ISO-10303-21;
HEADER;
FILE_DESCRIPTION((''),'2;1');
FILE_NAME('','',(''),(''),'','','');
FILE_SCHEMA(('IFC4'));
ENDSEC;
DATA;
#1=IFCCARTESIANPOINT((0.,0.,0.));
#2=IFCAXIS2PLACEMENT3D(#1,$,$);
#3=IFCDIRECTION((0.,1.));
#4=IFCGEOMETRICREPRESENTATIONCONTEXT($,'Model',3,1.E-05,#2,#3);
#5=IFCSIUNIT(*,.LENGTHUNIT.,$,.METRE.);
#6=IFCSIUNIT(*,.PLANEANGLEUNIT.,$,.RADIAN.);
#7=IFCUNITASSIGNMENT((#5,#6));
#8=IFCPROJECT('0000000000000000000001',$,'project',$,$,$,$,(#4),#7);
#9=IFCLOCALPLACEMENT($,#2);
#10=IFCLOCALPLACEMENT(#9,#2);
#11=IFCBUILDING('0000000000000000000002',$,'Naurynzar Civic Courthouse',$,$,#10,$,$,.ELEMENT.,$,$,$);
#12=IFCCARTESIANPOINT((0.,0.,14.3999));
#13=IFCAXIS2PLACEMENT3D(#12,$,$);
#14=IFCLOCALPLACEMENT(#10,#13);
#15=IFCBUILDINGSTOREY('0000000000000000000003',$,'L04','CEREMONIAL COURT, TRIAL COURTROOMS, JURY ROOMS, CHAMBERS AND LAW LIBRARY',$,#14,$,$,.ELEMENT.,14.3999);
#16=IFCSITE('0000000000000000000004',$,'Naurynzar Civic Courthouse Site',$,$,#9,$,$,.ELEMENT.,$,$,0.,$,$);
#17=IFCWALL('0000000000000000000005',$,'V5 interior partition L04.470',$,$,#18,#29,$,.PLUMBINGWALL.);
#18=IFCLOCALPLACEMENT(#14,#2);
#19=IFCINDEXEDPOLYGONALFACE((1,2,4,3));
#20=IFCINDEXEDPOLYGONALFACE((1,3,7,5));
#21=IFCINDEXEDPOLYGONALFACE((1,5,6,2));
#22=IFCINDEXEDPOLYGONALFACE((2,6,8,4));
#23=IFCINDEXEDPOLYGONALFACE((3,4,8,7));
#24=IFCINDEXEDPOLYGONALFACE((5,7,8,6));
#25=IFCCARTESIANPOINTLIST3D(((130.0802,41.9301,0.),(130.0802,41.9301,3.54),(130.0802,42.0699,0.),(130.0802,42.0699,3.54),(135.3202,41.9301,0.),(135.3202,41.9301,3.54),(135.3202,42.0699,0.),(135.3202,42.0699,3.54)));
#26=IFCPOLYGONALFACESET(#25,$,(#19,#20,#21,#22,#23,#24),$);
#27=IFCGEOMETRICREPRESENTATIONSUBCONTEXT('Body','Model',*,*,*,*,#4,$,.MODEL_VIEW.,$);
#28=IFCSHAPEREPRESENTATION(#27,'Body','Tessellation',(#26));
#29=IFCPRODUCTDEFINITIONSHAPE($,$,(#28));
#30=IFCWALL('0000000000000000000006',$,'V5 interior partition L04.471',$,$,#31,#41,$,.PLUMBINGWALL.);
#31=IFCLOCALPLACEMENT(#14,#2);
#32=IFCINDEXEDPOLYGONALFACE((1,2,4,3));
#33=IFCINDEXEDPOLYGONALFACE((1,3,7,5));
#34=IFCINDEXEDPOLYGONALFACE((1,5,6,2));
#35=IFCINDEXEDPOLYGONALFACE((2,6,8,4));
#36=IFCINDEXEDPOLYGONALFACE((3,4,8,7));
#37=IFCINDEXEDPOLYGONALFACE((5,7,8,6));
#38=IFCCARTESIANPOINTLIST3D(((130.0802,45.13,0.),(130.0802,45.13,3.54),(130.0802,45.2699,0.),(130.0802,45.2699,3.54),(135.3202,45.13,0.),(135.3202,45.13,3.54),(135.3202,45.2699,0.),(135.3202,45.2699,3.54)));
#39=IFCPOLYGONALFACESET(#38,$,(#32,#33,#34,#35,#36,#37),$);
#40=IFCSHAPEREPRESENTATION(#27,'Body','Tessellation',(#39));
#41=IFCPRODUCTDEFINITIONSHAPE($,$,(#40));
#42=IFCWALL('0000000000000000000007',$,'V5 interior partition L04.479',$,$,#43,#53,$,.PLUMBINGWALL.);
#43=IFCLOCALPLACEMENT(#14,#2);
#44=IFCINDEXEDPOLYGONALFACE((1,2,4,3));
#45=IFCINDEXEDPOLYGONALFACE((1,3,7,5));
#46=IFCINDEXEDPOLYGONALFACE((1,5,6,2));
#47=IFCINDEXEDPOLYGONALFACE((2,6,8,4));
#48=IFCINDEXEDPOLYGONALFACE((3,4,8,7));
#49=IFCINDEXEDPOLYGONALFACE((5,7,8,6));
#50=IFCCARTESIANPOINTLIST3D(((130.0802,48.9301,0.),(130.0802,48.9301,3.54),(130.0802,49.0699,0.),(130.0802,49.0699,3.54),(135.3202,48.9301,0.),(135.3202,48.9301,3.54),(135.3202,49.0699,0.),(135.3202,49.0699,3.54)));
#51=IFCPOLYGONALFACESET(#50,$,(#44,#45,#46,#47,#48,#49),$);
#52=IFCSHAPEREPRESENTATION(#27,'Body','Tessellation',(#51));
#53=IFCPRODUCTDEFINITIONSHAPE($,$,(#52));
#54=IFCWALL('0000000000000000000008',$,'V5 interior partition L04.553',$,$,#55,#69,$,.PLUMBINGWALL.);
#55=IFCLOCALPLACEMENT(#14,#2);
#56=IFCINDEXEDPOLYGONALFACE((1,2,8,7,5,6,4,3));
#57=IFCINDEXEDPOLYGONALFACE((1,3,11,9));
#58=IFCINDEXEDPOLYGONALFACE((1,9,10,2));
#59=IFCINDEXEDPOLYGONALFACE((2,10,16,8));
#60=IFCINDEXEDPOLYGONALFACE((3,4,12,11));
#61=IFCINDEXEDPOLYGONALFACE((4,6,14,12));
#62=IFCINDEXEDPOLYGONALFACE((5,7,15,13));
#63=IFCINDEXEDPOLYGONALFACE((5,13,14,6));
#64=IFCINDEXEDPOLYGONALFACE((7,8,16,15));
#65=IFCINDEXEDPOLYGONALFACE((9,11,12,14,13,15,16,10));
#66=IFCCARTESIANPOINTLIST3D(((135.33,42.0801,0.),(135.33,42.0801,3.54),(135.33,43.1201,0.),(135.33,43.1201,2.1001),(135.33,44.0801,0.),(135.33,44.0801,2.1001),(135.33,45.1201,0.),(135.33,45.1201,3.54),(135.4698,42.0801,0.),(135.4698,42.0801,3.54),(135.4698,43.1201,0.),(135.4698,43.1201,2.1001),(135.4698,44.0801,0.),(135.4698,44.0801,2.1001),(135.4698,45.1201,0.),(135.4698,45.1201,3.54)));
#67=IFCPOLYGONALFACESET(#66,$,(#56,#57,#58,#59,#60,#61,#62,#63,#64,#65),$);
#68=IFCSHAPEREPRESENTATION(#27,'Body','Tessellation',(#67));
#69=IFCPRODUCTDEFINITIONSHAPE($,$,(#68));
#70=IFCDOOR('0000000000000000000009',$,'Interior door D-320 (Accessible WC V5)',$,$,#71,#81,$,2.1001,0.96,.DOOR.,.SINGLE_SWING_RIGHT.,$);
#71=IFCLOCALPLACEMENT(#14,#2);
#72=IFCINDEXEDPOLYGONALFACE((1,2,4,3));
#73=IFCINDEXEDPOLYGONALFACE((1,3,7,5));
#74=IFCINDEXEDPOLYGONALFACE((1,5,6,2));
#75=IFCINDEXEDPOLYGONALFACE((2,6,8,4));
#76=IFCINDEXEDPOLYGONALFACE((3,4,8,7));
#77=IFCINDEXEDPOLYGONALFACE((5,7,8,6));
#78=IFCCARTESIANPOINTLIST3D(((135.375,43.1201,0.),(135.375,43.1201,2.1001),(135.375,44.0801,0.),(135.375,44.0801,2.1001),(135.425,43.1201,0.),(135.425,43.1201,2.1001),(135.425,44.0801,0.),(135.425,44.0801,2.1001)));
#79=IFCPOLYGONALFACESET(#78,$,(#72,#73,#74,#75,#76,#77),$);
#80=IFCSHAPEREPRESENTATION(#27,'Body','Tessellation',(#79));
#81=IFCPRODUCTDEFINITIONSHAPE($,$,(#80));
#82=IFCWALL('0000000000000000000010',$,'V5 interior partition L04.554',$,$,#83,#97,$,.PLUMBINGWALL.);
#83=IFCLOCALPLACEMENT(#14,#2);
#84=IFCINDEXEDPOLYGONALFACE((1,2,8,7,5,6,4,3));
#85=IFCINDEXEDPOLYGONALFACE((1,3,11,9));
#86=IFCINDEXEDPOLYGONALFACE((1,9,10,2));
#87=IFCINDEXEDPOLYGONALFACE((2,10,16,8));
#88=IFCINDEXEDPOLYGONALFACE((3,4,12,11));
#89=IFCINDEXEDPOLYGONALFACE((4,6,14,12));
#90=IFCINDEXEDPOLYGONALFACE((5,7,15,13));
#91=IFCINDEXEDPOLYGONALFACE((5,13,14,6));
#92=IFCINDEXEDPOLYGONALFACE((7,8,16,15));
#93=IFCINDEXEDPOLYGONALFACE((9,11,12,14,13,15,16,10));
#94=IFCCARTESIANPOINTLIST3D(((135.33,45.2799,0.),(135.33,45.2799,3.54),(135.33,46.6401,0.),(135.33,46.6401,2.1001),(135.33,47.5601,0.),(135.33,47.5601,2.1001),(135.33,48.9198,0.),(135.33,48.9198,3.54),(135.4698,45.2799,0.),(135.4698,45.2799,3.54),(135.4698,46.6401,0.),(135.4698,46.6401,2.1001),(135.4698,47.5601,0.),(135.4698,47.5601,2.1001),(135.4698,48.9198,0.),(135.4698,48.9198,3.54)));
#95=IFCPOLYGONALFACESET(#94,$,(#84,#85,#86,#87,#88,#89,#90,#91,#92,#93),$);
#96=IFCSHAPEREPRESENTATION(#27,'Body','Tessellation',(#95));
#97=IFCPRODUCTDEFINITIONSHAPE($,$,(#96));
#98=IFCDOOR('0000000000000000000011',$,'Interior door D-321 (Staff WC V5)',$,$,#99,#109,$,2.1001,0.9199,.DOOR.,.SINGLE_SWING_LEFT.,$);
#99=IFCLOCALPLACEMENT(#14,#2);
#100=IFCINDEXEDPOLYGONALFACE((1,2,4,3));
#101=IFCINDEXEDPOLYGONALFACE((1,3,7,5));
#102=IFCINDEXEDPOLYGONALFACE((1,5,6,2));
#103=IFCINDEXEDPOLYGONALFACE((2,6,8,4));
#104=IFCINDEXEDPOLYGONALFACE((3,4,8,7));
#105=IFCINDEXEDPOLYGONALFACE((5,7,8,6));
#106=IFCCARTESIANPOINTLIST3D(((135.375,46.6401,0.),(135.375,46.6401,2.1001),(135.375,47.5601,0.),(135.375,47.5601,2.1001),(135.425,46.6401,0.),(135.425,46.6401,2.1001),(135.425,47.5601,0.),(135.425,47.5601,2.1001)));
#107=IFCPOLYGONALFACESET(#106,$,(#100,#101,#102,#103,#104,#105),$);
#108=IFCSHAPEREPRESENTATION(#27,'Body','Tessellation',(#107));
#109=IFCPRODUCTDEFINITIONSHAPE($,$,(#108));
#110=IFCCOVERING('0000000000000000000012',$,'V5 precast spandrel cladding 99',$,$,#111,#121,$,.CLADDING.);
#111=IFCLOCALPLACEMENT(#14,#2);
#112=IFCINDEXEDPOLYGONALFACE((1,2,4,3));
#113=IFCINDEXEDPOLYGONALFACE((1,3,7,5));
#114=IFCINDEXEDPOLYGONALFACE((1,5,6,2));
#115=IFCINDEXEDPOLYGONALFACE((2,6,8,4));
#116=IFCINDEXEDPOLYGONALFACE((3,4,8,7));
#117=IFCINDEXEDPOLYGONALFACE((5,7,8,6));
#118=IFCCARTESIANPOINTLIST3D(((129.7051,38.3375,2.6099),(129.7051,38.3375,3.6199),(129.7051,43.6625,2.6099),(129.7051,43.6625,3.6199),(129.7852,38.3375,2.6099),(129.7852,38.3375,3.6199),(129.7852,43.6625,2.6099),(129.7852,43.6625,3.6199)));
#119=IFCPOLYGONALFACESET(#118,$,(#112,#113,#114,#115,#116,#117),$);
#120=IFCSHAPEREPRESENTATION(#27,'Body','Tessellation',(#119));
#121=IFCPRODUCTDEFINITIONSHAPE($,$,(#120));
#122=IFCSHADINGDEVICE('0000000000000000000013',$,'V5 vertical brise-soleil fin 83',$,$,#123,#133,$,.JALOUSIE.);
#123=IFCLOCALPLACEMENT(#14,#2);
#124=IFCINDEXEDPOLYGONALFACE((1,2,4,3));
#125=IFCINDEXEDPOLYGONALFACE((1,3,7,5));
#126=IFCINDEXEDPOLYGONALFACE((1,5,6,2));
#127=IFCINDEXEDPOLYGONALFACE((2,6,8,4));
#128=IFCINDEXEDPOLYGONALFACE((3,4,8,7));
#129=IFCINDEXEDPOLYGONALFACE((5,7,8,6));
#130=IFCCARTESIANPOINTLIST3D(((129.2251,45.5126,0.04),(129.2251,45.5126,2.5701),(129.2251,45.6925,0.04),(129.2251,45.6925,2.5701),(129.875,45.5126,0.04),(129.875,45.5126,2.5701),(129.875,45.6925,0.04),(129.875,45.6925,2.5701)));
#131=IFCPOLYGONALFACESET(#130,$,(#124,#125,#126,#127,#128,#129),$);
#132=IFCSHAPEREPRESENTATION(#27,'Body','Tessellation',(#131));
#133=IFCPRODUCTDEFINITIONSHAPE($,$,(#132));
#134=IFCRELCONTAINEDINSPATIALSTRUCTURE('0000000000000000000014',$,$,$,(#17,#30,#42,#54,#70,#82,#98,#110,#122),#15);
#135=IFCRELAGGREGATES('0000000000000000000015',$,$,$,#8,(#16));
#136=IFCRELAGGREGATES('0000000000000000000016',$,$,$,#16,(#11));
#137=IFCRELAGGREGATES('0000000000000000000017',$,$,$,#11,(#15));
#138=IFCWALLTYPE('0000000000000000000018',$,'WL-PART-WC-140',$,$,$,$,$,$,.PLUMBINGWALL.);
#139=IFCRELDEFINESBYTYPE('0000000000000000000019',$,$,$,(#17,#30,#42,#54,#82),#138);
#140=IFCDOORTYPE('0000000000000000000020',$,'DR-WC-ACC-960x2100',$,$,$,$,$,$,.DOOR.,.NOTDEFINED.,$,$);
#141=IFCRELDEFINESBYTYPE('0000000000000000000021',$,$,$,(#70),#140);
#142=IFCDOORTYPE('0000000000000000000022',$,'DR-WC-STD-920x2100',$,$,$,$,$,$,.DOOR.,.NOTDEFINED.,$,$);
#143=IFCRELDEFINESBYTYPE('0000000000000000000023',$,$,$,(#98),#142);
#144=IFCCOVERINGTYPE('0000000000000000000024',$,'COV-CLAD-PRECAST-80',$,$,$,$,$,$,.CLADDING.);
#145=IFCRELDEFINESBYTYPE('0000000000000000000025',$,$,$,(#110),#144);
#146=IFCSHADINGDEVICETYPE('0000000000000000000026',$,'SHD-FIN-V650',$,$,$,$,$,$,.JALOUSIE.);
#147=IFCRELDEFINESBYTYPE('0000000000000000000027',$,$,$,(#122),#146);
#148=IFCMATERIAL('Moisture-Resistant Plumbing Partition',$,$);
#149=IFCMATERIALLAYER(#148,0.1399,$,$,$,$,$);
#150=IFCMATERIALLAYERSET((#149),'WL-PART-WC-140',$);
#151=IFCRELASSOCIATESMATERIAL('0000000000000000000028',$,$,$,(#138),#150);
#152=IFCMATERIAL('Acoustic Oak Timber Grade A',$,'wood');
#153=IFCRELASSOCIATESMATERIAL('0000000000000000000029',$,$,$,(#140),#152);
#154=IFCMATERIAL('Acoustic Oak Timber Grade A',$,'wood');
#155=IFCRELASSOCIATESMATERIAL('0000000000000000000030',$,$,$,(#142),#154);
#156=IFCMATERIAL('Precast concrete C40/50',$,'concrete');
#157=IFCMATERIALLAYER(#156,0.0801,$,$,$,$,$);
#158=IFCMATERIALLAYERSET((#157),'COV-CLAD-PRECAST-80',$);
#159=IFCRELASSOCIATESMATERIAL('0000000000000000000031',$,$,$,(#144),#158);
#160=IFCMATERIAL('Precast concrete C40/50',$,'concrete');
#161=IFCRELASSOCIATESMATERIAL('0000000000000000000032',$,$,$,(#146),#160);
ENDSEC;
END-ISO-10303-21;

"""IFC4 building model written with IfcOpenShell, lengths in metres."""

from ifc_helpers import new_model, si_unit, direction, frame, frame_2d, origin, origin_2d, place, context, subcontext, project, spatial, rectangle, extrude, material, layer, layer_set, type_object, element, fill, save


model = new_model("IFC4")

# Units and contexts
model_context = context("Model", 3, precision=1e-05, world=origin(), true_north=direction((0.0, 1.0)))
body_context = subcontext(model_context, "Body", "Model", "MODEL_VIEW")
ifc_project = project(units=[si_unit("LENGTHUNIT", "METRE"), si_unit("PLANEANGLEUNIT", "RADIAN")], contexts=[model_context])

# Site, building, storey
site_placement = place(None, origin())
site = spatial("IfcSite", under=ifc_project, at=site_placement, Name="Naurynzar Civic Courthouse Site", CompositionType="ELEMENT", RefElevation=0.0)
building_placement = place(site_placement, origin())
building = spatial("IfcBuilding", under=site, at=building_placement, Name="Naurynzar Civic Courthouse", CompositionType="ELEMENT")
storey_placement = place(building_placement, frame((0.0, 0.0, 14.3999)))
storey = spatial("IfcBuildingStorey", under=building, at=storey_placement, Name="L04", Description="CEREMONIAL COURT, TRIAL COURTROOMS, JURY ROOMS, CHAMBERS AND LAW LIBRARY", CompositionType="ELEMENT", Elevation=14.3999)

# Walls
ifc_material_1 = material(Name="Moisture-Resistant Plumbing Partition")
ifc_layer_1 = layer(ifc_material_1, 0.1399)
ifc_layer_set_1 = layer_set([ifc_layer_1], Name="WL-PART-WC-140")
wall_type_1 = type_object("IfcWallType", Name="WL-PART-WC-140", PredefinedType="PLUMBINGWALL", material=ifc_layer_set_1)
for number, where, z_axis, x_axis, name in (
    (1, (130.0801, 42.0, 0.0), (0.0, 0.0, 1.0), (1.0, 0.0, 0.0), "V5 interior partition L04.470"),
    (2, (130.0801, 45.2, 0.0), (0.0, 0.0, 1.0), (1.0, 0.0, 0.0), "V5 interior partition L04.471"),
    (3, (130.0801, 49.0, 0.0), (0.0, 0.0, 1.0), (1.0, 0.0, 0.0), "V5 interior partition L04.479"),
):
    element("IfcWall", number, at=place(storey_placement, frame(where, z_axis=z_axis, x_axis=x_axis)), inside=storey, type_object=wall_type_1, Name=name, PredefinedType="PLUMBINGWALL", context=body_context, shape_type="SweptSolid", body=[
        extrude(rectangle(XDim=5.24, YDim=0.1399, at=frame_2d((2.6201, 0.0))), origin(), (0.0, 0.0, 1.0), 3.54),
    ])

# Walls, openings, doors
wall_1_placement = place(storey_placement, frame((135.3999, 42.0801, 0.0), z_axis=(0.0, 0.0, 1.0), x_axis=(0.0, 1.0, 0.0)))
wall_1 = element("IfcWall", 4, at=wall_1_placement, inside=storey, type_object=wall_type_1, Name="V5 interior partition L04.553", PredefinedType="PLUMBINGWALL", context=body_context, shape_type="SweptSolid", body=[
    extrude(rectangle(XDim=3.04, YDim=0.1399, at=frame_2d((1.52, 0.0))), origin(), (0.0, 0.0, 1.0), 3.54),
])
opening_1_placement = place(wall_1_placement, frame((1.04, 0.0, 0.0)))
opening_1 = element("IfcOpeningElement", 5, at=opening_1_placement, cuts=wall_1, PredefinedType="OPENING", context=body_context, shape_type="SweptSolid", body=[
    extrude(rectangle(XDim=0.96, YDim=2.1001, at=frame_2d((0.48, 1.05))), frame((0.0, 0.0798, 0.0), z_axis=(0.0, -1.0, 0.0), x_axis=(1.0, 0.0, 0.0)), (0.0, 0.0, 1.0), 0.1599),
])
ifc_material_2 = material(Name="Acoustic Oak Timber Grade A", Category="wood")
door_type_1 = type_object("IfcDoorType", Name="DR-WC-ACC-960x2100", OperationType="NOTDEFINED", PredefinedType="DOOR", material=ifc_material_2)
door_1_placement = place(opening_1_placement, origin())
door_1 = element("IfcDoor", 6, at=door_1_placement, inside=storey, type_object=door_type_1, Name="Interior door D-320 (Accessible WC V5)", OperationType="SINGLE_SWING_RIGHT", OverallHeight=2.1001, OverallWidth=0.96, PredefinedType="DOOR", context=body_context, shape_type="SweptSolid", body=[
    extrude(rectangle(XDim=0.96, YDim=2.1001, at=frame_2d((0.48, 1.05))), frame((0.0, 0.0249, 0.0), z_axis=(0.0, -1.0, 0.0), x_axis=(1.0, 0.0, 0.0)), (0.0, 0.0, 1.0), 0.05),
])
fill(opening_1, door_1)
wall_2_placement = place(storey_placement, frame((135.3999, 45.28, 0.0), z_axis=(0.0, 0.0, 1.0), x_axis=(0.0, 1.0, 0.0)))
wall_2 = element("IfcWall", 7, at=wall_2_placement, inside=storey, type_object=wall_type_1, Name="V5 interior partition L04.554", PredefinedType="PLUMBINGWALL", context=body_context, shape_type="SweptSolid", body=[
    extrude(rectangle(XDim=3.6399, YDim=0.1399, at=frame_2d((1.8198, 0.0))), origin(), (0.0, 0.0, 1.0), 3.54),
])
opening_2_placement = place(wall_2_placement, frame((1.3601, 0.0, 0.0)))
opening_2 = element("IfcOpeningElement", 8, at=opening_2_placement, cuts=wall_2, PredefinedType="OPENING", context=body_context, shape_type="SweptSolid", body=[
    extrude(rectangle(XDim=0.9199, YDim=2.1001, at=frame_2d((0.46, 1.05))), frame((0.0, 0.0798, 0.0), z_axis=(0.0, -1.0, 0.0), x_axis=(1.0, 0.0, 0.0)), (0.0, 0.0, 1.0), 0.1599),
])
ifc_material_3 = material(Name="Acoustic Oak Timber Grade A", Category="wood")
door_type_2 = type_object("IfcDoorType", Name="DR-WC-STD-920x2100", OperationType="NOTDEFINED", PredefinedType="DOOR", material=ifc_material_3)
door_2_placement = place(opening_2_placement, origin())
door_2 = element("IfcDoor", 9, at=door_2_placement, inside=storey, type_object=door_type_2, Name="Interior door D-321 (Staff WC V5)", OperationType="SINGLE_SWING_LEFT", OverallHeight=2.1001, OverallWidth=0.9199, PredefinedType="DOOR", context=body_context, shape_type="SweptSolid", body=[
    extrude(rectangle(XDim=0.9199, YDim=2.1001, at=frame_2d((0.46, 1.05))), frame((0.0, 0.0249, 0.0), z_axis=(0.0, -1.0, 0.0), x_axis=(1.0, 0.0, 0.0)), (0.0, 0.0, 1.0), 0.05),
])
fill(opening_2, door_2)

# Covering
ifc_material_4 = material(Name="Precast concrete C40/50", Category="concrete")
ifc_layer_2 = layer(ifc_material_4, 0.0801)
ifc_layer_set_2 = layer_set([ifc_layer_2], Name="COV-CLAD-PRECAST-80")
covering_type = type_object("IfcCoveringType", Name="COV-CLAD-PRECAST-80", PredefinedType="CLADDING", material=ifc_layer_set_2)
covering_placement = place(storey_placement, frame((129.7451, 41.0, 2.6099), z_axis=(0.0, 0.0, 1.0), x_axis=(0.0, 1.0, 0.0)))
element("IfcCovering", 10, at=covering_placement, inside=storey, type_object=covering_type, Name="V5 precast spandrel cladding 99", PredefinedType="CLADDING", context=body_context, shape_type="SweptSolid", body=[
    extrude(rectangle(XDim=5.325, YDim=0.0801, at=origin_2d()), origin(), (0.0, 0.0, 1.0), 1.01),
])

# Shading device
ifc_material_5 = material(Name="Precast concrete C40/50", Category="concrete")
shading_device_type = type_object("IfcShadingDeviceType", Name="SHD-FIN-V650", PredefinedType="JALOUSIE", material=ifc_material_5)
shading_device_placement = place(storey_placement, frame((129.55, 45.6025, 0.04), z_axis=(0.0, 0.0, 1.0), x_axis=(0.0, 1.0, 0.0)))
element("IfcShadingDevice", 11, at=shading_device_placement, inside=storey, type_object=shading_device_type, Name="V5 vertical brise-soleil fin 83", PredefinedType="JALOUSIE", context=body_context, shape_type="SweptSolid", body=[
    extrude(rectangle(XDim=0.1799, YDim=0.6499, at=origin_2d()), origin(), (0.0, 0.0, 1.0), 2.53),
])

save(model, "model.ifc")
